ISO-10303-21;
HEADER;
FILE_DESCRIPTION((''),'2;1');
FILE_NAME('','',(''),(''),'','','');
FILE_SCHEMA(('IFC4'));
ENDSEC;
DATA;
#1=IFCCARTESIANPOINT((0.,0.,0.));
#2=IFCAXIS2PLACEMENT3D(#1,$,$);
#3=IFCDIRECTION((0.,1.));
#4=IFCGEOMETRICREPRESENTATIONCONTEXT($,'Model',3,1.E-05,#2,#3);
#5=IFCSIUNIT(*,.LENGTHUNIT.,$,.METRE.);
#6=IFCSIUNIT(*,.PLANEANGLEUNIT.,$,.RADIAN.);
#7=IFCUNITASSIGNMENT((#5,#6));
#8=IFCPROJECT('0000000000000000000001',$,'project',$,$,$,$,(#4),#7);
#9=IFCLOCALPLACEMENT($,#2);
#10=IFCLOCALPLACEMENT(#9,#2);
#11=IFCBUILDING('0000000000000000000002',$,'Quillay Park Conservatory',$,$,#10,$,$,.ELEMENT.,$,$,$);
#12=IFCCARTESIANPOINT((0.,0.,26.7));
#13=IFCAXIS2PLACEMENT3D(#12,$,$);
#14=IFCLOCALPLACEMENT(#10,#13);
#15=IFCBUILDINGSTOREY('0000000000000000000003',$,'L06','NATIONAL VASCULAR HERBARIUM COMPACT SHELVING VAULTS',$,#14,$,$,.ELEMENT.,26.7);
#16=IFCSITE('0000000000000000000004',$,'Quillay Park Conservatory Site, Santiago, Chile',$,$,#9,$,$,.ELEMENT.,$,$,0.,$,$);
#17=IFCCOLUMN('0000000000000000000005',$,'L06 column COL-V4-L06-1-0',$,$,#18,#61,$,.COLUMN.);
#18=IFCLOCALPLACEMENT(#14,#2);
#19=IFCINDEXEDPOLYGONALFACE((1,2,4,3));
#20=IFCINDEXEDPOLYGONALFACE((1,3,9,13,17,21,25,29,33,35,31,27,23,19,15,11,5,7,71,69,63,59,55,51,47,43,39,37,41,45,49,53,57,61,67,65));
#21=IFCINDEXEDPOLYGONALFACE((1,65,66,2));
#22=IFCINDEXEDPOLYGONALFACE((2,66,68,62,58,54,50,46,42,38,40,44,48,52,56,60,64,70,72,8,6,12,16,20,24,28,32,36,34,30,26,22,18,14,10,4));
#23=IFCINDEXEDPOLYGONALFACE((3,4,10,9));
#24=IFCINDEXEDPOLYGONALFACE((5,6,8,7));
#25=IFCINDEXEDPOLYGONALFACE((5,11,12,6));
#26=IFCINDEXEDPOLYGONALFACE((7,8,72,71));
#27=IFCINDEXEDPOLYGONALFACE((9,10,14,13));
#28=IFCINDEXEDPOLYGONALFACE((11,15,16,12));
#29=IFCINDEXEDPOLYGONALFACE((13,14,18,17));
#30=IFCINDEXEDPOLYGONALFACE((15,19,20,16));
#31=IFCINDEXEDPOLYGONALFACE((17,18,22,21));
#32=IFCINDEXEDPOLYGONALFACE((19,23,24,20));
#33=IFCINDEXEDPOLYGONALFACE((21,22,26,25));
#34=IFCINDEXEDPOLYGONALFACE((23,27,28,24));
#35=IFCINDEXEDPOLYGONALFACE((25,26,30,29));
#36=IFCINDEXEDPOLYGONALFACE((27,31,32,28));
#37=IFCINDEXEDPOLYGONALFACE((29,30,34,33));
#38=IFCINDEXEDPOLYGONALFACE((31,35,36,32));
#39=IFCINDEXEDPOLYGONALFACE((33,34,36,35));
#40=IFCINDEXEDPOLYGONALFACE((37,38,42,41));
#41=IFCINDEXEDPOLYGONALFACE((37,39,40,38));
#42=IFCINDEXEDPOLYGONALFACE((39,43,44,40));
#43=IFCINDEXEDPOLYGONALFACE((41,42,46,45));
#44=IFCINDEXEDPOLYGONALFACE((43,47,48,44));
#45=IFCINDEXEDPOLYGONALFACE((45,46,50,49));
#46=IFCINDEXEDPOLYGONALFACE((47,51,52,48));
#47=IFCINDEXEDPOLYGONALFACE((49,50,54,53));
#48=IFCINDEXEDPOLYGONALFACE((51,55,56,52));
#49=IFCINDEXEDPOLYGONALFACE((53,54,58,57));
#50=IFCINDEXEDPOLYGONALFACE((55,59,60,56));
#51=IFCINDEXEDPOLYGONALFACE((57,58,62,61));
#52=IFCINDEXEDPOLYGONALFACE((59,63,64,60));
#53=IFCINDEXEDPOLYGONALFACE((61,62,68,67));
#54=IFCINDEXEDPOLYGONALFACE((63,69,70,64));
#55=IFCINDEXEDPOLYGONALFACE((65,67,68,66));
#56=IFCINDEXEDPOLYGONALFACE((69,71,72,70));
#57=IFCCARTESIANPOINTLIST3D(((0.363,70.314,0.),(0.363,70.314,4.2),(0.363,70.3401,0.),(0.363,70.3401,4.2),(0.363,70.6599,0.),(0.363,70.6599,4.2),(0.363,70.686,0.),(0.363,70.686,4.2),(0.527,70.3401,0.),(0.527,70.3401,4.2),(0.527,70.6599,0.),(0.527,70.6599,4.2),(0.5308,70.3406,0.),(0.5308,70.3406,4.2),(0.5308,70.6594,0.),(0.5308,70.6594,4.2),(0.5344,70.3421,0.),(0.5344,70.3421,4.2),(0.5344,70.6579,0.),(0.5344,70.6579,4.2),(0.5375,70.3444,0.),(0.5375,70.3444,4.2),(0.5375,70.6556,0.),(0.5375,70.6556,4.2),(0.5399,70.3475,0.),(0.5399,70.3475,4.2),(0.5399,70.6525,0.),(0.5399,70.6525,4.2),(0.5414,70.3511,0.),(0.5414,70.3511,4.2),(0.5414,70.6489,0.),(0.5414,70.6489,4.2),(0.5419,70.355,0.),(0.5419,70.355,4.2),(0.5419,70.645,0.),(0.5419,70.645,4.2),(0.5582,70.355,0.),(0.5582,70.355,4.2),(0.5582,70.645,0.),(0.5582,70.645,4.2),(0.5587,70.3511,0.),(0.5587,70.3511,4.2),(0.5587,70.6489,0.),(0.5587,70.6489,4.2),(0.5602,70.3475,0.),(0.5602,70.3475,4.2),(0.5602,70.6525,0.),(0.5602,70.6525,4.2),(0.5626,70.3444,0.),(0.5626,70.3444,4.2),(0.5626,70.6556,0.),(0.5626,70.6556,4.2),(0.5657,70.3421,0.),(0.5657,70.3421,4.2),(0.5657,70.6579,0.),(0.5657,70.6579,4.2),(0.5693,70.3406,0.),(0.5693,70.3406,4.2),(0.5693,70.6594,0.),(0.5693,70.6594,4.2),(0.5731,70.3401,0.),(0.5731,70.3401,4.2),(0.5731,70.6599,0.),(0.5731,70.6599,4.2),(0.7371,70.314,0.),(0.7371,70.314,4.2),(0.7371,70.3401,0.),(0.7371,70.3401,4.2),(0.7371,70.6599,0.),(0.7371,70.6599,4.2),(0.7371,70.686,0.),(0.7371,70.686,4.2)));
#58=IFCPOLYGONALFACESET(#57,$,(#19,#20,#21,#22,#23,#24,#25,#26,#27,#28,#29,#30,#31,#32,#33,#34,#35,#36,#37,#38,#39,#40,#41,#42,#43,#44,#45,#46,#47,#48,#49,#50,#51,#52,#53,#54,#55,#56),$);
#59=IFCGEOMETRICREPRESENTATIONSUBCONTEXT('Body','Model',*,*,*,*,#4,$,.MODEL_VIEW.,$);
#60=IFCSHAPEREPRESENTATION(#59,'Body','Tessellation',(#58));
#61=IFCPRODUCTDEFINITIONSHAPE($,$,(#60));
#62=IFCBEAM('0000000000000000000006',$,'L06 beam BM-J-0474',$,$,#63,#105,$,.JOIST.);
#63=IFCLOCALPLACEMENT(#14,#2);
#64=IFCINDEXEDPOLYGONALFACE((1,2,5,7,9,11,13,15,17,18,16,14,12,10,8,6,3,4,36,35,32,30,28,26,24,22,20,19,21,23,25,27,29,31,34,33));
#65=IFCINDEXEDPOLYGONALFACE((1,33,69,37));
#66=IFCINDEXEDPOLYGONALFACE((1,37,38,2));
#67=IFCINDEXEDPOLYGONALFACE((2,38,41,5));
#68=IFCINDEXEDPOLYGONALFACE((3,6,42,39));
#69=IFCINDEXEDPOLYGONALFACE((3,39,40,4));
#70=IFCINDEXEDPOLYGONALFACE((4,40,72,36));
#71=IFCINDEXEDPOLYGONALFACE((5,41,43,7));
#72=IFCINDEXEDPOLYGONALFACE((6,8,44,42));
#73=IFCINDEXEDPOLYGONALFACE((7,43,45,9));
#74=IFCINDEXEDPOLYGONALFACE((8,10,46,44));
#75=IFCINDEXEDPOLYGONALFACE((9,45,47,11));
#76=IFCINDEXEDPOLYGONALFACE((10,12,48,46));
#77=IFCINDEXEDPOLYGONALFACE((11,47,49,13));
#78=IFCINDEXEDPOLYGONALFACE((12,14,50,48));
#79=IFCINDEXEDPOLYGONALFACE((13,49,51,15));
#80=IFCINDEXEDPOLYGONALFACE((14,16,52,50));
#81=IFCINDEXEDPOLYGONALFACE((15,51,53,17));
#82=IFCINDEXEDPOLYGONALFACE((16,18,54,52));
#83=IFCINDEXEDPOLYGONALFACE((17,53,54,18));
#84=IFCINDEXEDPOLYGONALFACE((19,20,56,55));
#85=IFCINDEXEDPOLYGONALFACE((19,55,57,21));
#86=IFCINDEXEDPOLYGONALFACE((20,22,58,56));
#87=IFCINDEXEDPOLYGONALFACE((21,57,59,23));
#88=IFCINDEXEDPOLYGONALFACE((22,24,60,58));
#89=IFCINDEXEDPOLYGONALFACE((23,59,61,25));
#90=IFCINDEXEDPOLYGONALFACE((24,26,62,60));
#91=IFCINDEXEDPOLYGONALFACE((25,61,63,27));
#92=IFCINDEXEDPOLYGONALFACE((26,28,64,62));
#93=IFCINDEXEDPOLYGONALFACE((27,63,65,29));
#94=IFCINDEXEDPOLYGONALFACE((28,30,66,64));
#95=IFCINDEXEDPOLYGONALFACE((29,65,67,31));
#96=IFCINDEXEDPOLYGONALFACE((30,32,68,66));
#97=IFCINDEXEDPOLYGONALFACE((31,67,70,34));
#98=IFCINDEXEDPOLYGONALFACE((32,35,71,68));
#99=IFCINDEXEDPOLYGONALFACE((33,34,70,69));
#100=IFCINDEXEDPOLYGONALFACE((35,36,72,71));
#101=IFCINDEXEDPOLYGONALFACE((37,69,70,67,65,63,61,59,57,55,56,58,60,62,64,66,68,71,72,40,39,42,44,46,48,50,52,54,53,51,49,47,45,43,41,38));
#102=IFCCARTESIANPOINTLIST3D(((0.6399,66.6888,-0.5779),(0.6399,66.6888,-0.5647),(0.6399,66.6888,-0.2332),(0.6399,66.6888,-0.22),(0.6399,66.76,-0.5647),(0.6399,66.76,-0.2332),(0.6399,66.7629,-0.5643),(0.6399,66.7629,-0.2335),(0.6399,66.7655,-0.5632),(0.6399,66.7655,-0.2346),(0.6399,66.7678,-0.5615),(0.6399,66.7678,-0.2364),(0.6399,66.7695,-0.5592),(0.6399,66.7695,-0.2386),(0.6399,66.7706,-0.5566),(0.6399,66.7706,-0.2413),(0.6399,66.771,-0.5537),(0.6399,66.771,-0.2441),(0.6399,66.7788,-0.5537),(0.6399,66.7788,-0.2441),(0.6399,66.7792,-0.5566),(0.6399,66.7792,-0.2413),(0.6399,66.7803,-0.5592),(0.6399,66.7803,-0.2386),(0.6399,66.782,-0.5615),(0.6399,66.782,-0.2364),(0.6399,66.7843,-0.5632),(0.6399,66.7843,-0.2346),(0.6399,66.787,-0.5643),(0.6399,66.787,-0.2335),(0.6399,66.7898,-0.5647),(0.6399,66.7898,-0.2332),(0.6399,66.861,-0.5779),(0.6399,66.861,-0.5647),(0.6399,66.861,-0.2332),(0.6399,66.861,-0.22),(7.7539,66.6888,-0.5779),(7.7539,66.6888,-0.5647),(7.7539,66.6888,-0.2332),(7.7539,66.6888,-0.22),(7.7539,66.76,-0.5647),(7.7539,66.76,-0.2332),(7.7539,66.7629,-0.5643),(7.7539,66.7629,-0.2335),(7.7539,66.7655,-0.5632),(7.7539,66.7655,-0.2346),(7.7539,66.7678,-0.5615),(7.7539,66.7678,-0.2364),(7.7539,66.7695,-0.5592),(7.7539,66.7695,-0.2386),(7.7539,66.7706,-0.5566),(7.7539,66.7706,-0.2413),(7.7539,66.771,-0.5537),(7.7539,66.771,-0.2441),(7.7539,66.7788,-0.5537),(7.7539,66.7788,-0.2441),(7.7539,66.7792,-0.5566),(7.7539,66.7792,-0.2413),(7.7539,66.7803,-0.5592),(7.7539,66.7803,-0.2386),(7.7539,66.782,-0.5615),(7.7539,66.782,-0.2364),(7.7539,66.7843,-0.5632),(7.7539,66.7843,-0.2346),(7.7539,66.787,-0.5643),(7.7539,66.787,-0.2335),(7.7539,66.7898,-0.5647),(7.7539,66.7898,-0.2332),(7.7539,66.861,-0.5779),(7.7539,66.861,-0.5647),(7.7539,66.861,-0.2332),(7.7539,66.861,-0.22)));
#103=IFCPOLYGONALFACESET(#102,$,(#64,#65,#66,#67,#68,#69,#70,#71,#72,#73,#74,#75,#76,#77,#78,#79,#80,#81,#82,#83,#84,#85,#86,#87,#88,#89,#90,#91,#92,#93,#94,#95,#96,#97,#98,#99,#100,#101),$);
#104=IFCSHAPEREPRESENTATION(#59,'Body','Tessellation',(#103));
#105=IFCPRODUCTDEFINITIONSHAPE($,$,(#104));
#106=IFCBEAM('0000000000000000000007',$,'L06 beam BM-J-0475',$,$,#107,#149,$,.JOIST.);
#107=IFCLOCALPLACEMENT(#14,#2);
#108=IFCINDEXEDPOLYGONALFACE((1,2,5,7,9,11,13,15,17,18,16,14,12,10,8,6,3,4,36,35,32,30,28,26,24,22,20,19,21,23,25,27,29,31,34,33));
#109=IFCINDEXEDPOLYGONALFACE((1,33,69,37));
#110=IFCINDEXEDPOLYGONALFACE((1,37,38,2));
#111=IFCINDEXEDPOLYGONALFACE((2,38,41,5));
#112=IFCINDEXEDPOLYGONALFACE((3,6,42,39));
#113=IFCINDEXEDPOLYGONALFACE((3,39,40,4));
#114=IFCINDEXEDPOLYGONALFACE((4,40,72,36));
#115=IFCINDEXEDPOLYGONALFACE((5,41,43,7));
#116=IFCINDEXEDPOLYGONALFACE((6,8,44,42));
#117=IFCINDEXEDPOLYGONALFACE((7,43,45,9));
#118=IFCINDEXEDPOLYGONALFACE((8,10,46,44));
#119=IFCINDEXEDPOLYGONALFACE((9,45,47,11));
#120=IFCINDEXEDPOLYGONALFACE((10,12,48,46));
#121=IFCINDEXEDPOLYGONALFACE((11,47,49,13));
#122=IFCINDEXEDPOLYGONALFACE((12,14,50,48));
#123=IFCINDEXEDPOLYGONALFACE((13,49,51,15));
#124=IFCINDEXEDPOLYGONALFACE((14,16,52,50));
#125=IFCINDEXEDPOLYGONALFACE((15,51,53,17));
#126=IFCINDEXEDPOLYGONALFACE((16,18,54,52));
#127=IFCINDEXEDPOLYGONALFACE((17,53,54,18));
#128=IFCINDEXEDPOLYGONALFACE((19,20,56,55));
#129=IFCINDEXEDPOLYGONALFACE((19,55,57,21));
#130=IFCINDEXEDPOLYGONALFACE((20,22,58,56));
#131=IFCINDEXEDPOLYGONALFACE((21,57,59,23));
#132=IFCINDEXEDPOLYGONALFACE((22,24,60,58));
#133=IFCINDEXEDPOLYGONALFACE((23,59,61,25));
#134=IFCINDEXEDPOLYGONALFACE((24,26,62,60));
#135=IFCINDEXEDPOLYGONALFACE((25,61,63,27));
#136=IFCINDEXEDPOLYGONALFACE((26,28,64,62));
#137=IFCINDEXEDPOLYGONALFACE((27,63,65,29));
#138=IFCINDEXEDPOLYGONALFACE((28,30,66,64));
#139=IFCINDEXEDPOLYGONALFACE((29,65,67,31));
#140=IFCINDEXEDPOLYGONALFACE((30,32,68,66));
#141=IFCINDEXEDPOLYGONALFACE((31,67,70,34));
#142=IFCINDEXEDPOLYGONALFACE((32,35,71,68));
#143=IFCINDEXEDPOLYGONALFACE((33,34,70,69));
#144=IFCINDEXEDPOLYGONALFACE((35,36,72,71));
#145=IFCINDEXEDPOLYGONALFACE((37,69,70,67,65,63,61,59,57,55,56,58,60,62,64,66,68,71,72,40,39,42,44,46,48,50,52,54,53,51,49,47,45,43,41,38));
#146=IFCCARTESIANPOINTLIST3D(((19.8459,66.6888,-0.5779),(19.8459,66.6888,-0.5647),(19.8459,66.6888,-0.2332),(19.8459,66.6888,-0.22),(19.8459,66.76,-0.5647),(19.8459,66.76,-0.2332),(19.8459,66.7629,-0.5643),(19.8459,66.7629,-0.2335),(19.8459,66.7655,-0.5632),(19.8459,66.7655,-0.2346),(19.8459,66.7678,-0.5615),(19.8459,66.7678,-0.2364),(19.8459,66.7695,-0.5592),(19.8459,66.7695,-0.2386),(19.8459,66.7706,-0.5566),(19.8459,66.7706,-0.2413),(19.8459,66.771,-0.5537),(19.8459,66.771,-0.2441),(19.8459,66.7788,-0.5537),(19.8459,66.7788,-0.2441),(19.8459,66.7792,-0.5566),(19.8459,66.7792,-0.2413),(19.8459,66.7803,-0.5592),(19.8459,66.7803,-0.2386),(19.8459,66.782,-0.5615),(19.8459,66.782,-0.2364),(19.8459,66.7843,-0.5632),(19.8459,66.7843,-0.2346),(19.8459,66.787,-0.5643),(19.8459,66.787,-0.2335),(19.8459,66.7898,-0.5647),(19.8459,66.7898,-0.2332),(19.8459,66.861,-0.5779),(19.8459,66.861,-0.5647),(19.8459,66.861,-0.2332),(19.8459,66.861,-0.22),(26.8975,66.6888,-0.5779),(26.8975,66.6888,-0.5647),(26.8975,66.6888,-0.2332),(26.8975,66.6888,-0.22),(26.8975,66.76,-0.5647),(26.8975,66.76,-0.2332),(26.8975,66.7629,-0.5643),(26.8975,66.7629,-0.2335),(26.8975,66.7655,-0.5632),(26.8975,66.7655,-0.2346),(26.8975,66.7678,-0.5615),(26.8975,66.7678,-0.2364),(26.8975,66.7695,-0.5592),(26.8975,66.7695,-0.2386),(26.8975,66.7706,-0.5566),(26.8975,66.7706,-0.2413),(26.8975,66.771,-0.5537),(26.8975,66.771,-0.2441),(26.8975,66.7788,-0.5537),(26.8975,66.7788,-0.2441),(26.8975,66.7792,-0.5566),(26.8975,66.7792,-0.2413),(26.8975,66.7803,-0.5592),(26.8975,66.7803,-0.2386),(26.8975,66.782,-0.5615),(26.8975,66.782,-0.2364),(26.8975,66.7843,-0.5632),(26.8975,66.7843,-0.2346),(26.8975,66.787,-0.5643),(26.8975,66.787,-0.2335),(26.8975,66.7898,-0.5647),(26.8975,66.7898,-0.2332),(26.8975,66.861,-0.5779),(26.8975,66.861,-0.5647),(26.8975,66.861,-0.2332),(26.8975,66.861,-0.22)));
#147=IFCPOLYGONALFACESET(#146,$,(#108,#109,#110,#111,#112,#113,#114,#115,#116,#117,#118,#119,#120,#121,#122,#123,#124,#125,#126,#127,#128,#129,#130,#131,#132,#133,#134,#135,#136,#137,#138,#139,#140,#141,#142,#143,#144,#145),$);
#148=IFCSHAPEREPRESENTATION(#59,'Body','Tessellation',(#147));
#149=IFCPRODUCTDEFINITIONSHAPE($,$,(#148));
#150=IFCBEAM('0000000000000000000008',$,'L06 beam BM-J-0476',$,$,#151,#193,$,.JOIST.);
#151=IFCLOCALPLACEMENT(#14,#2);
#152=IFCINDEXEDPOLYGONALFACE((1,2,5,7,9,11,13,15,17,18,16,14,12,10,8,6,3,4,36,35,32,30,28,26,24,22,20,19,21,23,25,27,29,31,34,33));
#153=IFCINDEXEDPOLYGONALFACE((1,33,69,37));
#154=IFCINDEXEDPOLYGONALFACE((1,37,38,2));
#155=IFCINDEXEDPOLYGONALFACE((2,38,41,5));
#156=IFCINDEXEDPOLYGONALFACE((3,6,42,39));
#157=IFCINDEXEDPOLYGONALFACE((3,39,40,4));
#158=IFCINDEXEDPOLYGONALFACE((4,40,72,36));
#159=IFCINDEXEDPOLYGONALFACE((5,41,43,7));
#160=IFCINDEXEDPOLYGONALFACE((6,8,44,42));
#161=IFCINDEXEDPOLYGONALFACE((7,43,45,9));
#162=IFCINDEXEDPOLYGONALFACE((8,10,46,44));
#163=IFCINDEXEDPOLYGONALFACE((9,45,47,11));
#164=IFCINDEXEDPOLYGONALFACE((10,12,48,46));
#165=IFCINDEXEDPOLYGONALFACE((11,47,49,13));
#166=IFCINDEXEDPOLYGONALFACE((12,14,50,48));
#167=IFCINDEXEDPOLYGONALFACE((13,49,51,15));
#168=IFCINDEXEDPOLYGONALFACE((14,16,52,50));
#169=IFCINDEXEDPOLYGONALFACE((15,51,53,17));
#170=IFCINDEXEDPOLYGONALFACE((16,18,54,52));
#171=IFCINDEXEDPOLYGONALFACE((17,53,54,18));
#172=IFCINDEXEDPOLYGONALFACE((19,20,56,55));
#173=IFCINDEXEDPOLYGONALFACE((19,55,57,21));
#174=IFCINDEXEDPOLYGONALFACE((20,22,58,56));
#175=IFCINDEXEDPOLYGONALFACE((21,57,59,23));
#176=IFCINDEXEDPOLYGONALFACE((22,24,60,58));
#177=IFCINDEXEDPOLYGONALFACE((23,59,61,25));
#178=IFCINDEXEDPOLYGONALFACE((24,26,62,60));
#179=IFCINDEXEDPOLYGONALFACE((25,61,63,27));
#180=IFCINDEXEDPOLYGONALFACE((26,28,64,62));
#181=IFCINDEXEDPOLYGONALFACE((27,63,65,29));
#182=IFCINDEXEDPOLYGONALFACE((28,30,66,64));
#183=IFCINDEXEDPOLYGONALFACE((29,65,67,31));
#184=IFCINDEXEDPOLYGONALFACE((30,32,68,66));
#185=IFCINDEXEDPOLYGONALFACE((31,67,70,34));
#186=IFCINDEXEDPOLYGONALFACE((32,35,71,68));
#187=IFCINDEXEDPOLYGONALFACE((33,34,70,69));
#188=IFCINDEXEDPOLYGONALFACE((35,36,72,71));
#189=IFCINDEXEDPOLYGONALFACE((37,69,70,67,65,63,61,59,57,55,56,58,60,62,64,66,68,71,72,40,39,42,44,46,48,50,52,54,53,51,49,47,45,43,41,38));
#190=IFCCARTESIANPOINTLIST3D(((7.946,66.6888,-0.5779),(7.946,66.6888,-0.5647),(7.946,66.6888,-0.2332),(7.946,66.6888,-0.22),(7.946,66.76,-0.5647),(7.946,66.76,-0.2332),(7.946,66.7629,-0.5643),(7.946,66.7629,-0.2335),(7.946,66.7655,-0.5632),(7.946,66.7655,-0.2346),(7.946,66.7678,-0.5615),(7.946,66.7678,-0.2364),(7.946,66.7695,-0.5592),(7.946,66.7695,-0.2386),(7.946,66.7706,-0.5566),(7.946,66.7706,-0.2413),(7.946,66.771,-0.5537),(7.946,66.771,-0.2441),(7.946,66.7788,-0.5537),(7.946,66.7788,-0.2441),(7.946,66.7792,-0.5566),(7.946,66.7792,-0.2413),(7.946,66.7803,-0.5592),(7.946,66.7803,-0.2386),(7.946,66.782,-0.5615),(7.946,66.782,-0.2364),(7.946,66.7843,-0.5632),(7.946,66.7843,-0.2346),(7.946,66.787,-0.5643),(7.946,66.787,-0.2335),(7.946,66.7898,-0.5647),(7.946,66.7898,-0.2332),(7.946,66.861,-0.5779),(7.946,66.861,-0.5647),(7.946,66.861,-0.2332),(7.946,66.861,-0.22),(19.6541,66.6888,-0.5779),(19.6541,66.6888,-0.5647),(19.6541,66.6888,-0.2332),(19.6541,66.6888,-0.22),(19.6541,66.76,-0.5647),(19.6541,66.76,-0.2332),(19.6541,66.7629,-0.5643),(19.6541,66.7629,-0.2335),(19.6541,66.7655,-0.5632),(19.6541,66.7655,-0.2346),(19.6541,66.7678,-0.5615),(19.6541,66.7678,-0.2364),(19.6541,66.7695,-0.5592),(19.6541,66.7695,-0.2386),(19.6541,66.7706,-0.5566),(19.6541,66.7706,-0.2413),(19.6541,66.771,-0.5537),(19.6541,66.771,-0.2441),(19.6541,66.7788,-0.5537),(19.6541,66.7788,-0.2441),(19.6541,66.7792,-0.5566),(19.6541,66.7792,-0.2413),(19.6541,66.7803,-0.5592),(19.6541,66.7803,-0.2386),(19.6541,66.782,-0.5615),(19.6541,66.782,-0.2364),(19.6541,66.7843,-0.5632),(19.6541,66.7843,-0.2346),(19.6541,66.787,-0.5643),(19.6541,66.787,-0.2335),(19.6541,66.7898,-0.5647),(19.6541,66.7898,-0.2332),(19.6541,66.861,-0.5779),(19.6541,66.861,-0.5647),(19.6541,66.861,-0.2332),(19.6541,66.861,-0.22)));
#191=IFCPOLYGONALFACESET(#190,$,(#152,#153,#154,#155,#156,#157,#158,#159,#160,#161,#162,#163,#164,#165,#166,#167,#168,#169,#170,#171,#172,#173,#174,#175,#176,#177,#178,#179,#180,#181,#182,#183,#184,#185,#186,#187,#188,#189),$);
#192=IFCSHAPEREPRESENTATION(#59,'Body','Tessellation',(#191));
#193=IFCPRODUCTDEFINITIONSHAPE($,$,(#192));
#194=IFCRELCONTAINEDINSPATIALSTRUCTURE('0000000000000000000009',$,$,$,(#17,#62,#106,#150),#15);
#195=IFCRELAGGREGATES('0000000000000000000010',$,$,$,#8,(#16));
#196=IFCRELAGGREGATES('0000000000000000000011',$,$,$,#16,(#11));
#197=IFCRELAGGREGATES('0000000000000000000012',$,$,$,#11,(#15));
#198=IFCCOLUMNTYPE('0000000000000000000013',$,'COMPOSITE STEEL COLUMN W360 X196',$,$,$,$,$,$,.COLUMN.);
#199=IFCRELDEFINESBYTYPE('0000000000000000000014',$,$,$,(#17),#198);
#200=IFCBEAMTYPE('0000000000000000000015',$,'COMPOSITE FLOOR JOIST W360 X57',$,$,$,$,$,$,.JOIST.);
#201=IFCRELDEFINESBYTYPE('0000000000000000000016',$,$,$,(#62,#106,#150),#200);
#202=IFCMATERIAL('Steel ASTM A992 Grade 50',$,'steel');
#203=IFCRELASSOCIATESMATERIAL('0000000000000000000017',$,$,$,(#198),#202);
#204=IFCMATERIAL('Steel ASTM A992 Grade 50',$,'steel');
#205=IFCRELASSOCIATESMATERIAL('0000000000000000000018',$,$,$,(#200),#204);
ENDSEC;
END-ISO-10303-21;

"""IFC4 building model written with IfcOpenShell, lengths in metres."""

from ifc_helpers import new_model, si_unit, direction, frame, origin, origin_2d, place, context, subcontext, project, spatial, i_section, extrude, material, material_profile, profile_set, type_object, element, save


model = new_model("IFC4")

# Units and contexts
model_context = context("Model", 3, precision=1e-05, world=origin(), true_north=direction((0.0, 1.0)))
body_context = subcontext(model_context, "Body", "Model", "MODEL_VIEW")
ifc_project = project(units=[si_unit("LENGTHUNIT", "METRE"), si_unit("PLANEANGLEUNIT", "RADIAN")], contexts=[model_context])

# Site, building, storey
site_placement = place(None, origin())
site = spatial("IfcSite", under=ifc_project, at=site_placement, Name="Quillay Park Conservatory Site, Santiago, Chile", CompositionType="ELEMENT", RefElevation=0.0)
building_placement = place(site_placement, origin())
building = spatial("IfcBuilding", under=site, at=building_placement, Name="Quillay Park Conservatory", CompositionType="ELEMENT")
storey_placement = place(building_placement, frame((0.0, 0.0, 26.7)))
storey = spatial("IfcBuildingStorey", under=building, at=storey_placement, Name="L06", Description="NATIONAL VASCULAR HERBARIUM COMPACT SHELVING VAULTS", CompositionType="ELEMENT", Elevation=26.7)

# Column
ifc_material_1 = material(Name="Steel ASTM A992 Grade 50", Category="steel")
ifc_material_profile_1 = material_profile(ifc_material_1, i_section(OverallWidth=0.374, OverallDepth=0.3721, WebThickness=0.0164, FlangeThickness=0.0261, FilletRadius=0.0149, at=origin_2d()), Name="W360x196")
ifc_profile_set_1 = profile_set([ifc_material_profile_1], Name="Steel ASTM A992 Grade 50")
column_type = type_object("IfcColumnType", Name="COMPOSITE STEEL COLUMN W360 X196", PredefinedType="COLUMN", material=ifc_profile_set_1)
column_placement = place(storey_placement, frame((0.55, 70.5, 0.0), z_axis=(0.0, 0.0, 1.0), x_axis=(1.0, 0.0, 0.0)))
element("IfcColumn", 1, at=column_placement, inside=storey, type_object=column_type, Name="L06 column COL-V4-L06-1-0", PredefinedType="COLUMN", context=body_context, shape_type="SweptSolid", body=[
    extrude(i_section(OverallWidth=0.374, OverallDepth=0.3721, WebThickness=0.0164, FlangeThickness=0.0261, FilletRadius=0.0149, at=origin_2d()), origin(), (0.0, 0.0, 1.0), 4.2),
])

# Beams
ifc_material_2 = material(Name="Steel ASTM A992 Grade 50", Category="steel")
ifc_material_profile_2 = material_profile(ifc_material_2, i_section(OverallWidth=0.1721, OverallDepth=0.3579, WebThickness=0.0078, FlangeThickness=0.0132, FilletRadius=0.011, at=origin_2d()), Name="W360x57")
ifc_profile_set_2 = profile_set([ifc_material_profile_2], Name="Steel ASTM A992 Grade 50")
beam_type = type_object("IfcBeamType", Name="COMPOSITE FLOOR JOIST W360 X57", PredefinedType="JOIST", material=ifc_profile_set_2)
beam_1_placement = place(storey_placement, frame((0.6399, 66.7749, -0.3989), z_axis=(1.0, 0.0, 0.0), x_axis=(0.0, 1.0, 0.0)))
element("IfcBeam", 2, at=beam_1_placement, inside=storey, type_object=beam_type, Name="L06 beam BM-J-0474", PredefinedType="JOIST", context=body_context, shape_type="SweptSolid", body=[
    extrude(i_section(OverallWidth=0.1721, OverallDepth=0.3579, WebThickness=0.0078, FlangeThickness=0.0132, FilletRadius=0.011, at=origin_2d()), origin(), (0.0, 0.0, 1.0), 7.114),
])
beam_2_placement = place(storey_placement, frame((19.8459, 66.7749, -0.3989), z_axis=(1.0, 0.0, 0.0), x_axis=(0.0, 1.0, 0.0)))
element("IfcBeam", 3, at=beam_2_placement, inside=storey, type_object=beam_type, Name="L06 beam BM-J-0475", PredefinedType="JOIST", context=body_context, shape_type="SweptSolid", body=[
    extrude(i_section(OverallWidth=0.1721, OverallDepth=0.3579, WebThickness=0.0078, FlangeThickness=0.0132, FilletRadius=0.011, at=origin_2d()), origin(), (0.0, 0.0, 1.0), 7.0515),
])
beam_3_placement = place(storey_placement, frame((7.946, 66.7749, -0.3989), z_axis=(1.0, 0.0, 0.0), x_axis=(0.0, 1.0, 0.0)))
element("IfcBeam", 4, at=beam_3_placement, inside=storey, type_object=beam_type, Name="L06 beam BM-J-0476", PredefinedType="JOIST", context=body_context, shape_type="SweptSolid", body=[
    extrude(i_section(OverallWidth=0.1721, OverallDepth=0.3579, WebThickness=0.0078, FlangeThickness=0.0132, FilletRadius=0.011, at=origin_2d()), origin(), (0.0, 0.0, 1.0), 11.708),
])

save(model, "model.ifc")
